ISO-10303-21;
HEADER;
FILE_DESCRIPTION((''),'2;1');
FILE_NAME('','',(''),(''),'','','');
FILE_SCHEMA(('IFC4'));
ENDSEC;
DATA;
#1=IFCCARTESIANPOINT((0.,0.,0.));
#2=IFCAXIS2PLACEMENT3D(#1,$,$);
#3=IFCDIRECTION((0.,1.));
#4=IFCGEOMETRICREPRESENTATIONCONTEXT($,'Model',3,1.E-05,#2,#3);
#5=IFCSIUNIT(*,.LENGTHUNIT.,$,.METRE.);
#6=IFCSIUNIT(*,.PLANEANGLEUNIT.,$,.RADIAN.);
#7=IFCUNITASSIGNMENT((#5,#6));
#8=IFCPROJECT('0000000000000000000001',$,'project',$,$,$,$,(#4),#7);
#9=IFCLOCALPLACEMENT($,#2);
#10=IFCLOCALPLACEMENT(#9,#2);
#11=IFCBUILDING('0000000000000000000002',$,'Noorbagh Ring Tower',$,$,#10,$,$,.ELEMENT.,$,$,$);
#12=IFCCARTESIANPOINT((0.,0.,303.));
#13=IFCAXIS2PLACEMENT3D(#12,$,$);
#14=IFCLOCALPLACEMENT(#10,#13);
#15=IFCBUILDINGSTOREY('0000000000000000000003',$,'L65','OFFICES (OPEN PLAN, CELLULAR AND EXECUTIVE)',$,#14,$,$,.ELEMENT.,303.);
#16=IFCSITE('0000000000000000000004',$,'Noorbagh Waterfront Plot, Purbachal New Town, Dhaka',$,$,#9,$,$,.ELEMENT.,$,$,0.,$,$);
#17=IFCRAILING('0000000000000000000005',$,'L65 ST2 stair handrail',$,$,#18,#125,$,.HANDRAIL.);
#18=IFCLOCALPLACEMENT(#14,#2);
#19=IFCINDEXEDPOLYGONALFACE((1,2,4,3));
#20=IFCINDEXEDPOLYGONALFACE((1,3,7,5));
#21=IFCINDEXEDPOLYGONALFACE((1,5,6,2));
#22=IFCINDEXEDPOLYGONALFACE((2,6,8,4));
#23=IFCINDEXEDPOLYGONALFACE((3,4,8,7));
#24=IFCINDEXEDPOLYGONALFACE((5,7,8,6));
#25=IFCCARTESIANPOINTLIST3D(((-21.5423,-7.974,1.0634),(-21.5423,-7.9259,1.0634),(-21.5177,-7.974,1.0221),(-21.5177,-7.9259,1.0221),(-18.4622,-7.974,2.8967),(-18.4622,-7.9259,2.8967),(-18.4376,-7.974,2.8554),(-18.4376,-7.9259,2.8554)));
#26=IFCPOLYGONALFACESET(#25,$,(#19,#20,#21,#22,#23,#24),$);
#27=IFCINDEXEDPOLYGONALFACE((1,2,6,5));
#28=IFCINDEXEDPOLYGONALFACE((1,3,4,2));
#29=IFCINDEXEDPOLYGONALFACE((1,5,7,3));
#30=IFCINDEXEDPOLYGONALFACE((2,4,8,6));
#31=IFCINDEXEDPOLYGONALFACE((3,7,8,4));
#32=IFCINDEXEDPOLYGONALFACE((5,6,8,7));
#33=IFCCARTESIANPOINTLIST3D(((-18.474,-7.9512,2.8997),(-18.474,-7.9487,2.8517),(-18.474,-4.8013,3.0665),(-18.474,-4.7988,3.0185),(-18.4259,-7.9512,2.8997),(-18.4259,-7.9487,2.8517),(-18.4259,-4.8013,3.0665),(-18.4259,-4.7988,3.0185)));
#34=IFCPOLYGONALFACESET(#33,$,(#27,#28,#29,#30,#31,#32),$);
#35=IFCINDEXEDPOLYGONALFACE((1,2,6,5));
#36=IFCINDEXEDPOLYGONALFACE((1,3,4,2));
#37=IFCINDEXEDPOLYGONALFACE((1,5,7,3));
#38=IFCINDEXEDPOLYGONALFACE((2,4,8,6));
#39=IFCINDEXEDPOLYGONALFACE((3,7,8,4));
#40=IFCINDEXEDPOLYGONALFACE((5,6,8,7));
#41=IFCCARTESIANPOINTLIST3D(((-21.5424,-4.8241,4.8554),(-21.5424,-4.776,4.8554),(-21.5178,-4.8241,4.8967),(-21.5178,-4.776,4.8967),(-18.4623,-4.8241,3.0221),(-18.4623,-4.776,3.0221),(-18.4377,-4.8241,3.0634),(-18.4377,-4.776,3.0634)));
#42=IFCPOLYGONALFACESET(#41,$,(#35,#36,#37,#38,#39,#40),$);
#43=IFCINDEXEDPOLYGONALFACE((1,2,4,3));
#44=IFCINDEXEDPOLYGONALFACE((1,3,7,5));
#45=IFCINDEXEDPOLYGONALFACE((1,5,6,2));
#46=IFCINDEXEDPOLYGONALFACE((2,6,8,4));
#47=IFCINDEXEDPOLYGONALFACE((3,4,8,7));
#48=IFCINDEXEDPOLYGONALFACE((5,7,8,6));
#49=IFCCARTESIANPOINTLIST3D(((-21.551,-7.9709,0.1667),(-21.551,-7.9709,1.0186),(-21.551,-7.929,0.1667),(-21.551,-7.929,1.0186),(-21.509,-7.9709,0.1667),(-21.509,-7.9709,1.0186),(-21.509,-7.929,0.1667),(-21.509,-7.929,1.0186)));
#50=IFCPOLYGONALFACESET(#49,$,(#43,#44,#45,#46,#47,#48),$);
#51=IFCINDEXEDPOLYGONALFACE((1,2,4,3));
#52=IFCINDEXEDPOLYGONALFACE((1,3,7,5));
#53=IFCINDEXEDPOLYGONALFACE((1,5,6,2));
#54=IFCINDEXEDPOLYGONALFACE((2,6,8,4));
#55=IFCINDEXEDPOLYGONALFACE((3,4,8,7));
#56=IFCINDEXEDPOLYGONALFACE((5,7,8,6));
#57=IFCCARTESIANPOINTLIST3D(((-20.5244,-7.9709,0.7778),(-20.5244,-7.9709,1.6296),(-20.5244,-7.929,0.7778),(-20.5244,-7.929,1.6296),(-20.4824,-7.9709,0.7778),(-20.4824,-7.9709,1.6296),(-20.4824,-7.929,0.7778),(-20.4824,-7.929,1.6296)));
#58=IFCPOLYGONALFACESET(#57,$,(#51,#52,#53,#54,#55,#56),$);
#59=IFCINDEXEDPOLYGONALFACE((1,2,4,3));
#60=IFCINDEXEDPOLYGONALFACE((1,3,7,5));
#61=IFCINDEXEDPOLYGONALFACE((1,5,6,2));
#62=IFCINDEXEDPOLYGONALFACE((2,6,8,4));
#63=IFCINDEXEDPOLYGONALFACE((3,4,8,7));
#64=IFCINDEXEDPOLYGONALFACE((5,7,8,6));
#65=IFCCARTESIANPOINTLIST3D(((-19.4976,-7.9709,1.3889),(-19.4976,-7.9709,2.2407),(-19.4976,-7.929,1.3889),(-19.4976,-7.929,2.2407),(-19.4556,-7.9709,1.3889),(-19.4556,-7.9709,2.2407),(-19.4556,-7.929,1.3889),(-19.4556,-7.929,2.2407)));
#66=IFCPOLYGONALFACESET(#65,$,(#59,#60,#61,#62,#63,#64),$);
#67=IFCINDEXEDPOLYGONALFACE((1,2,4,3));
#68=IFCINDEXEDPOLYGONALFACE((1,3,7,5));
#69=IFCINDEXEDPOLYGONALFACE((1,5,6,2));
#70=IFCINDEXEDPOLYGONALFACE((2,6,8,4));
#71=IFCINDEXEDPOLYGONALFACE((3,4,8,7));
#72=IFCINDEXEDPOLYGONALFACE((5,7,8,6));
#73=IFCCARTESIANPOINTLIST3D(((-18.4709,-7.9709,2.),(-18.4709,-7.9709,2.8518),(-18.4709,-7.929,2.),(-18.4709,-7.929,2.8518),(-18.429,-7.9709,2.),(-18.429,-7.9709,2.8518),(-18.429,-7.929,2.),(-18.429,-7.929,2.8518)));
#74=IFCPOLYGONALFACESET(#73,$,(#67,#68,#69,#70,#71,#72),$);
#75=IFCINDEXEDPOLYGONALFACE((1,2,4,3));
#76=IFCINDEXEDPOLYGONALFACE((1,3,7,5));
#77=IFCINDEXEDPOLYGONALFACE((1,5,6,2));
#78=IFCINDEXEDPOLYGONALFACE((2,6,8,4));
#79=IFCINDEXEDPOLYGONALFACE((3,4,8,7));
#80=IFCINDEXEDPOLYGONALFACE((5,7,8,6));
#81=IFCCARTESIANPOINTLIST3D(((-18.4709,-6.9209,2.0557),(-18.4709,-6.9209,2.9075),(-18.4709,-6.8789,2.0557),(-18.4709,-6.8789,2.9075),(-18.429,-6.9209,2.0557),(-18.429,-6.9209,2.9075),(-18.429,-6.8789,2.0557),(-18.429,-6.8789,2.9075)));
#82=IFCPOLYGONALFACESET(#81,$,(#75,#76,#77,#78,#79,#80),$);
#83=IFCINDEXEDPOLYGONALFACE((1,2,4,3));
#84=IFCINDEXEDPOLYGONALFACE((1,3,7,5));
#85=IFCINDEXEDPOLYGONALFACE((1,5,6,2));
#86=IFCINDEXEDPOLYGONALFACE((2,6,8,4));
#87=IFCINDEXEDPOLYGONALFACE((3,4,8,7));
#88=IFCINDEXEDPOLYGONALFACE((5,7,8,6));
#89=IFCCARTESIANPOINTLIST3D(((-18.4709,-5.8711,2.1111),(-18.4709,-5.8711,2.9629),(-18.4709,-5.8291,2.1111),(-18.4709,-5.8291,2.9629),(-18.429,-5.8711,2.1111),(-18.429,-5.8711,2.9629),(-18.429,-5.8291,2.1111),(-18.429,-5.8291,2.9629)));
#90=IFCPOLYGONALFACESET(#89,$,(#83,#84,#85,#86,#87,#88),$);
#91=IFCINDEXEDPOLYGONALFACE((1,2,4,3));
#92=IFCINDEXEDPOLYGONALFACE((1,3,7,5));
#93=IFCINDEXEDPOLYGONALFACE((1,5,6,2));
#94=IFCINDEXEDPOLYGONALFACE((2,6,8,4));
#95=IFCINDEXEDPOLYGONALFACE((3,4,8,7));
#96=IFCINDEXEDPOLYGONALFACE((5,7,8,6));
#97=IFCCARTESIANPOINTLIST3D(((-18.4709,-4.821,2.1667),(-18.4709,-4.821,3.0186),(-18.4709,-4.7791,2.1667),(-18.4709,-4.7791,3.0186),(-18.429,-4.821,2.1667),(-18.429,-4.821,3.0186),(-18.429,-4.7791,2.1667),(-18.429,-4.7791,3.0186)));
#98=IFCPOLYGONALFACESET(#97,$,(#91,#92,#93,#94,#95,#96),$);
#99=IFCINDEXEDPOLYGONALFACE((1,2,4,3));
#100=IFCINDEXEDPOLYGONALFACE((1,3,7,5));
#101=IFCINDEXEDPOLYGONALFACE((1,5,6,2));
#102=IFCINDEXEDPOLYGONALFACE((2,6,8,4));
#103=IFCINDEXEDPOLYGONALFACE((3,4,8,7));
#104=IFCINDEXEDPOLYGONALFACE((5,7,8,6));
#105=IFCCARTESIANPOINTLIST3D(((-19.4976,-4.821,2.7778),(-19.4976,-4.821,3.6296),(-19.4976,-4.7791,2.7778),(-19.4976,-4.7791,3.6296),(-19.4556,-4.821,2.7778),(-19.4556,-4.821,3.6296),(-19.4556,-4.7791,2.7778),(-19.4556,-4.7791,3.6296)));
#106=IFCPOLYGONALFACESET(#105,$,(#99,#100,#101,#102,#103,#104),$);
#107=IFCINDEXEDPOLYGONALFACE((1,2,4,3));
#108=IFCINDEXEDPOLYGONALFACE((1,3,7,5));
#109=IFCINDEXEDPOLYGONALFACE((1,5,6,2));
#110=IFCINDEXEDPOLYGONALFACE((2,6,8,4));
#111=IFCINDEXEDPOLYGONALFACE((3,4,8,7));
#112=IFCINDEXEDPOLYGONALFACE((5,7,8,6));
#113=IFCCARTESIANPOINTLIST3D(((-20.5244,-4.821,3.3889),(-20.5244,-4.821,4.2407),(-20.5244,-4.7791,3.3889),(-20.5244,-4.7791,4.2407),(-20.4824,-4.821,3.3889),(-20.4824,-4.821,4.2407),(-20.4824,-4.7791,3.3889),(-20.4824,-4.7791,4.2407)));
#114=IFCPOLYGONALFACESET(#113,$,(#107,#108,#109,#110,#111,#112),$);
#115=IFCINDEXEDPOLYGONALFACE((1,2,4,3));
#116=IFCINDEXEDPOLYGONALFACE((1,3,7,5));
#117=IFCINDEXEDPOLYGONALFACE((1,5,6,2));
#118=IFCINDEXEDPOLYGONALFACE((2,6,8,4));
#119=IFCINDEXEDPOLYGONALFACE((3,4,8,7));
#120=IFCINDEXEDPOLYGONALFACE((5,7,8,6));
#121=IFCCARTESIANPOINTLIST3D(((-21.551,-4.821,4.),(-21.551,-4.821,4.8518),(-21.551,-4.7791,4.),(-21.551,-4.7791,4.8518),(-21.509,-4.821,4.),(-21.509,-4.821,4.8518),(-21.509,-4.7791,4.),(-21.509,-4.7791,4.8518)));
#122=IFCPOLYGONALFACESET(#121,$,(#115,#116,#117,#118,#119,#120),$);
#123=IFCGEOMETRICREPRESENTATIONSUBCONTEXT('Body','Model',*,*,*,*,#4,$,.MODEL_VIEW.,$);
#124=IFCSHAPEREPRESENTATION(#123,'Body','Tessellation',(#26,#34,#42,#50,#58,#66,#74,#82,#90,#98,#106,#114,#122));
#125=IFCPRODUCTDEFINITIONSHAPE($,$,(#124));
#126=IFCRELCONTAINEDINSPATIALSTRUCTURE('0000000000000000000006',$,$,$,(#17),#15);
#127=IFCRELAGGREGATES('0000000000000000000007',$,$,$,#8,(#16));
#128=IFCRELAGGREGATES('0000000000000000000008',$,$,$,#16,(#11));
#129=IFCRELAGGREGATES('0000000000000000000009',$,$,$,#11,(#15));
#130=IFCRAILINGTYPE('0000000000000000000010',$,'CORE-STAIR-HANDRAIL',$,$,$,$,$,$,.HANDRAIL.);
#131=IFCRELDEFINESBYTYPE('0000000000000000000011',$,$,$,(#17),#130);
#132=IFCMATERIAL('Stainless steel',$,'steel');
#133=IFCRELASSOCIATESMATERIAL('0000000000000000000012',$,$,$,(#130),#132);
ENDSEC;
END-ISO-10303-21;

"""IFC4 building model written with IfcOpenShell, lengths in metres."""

from ifc_helpers import new_model, si_unit, direction, frame, origin, origin_2d, place, context, subcontext, project, spatial, rectangle, extrude, material, type_object, element, save


model = new_model("IFC4")

# Units and contexts
model_context = context("Model", 3, precision=1e-05, world=origin(), true_north=direction((0.0, 1.0)))
body_context = subcontext(model_context, "Body", "Model", "MODEL_VIEW")
ifc_project = project(units=[si_unit("LENGTHUNIT", "METRE"), si_unit("PLANEANGLEUNIT", "RADIAN")], contexts=[model_context])

# Site, building, storey
site_placement = place(None, origin())
site = spatial("IfcSite", under=ifc_project, at=site_placement, Name="Noorbagh Waterfront Plot, Purbachal New Town, Dhaka", CompositionType="ELEMENT", RefElevation=0.0)
building_placement = place(site_placement, origin())
building = spatial("IfcBuilding", under=site, at=building_placement, Name="Noorbagh Ring Tower", CompositionType="ELEMENT")
storey_placement = place(building_placement, frame((0.0, 0.0, 303.0)))
storey = spatial("IfcBuildingStorey", under=building, at=storey_placement, Name="L65", Description="OFFICES (OPEN PLAN, CELLULAR AND EXECUTIVE)", CompositionType="ELEMENT", Elevation=303.0)

# Railing
ifc_material_1 = material(Name="Stainless steel", Category="steel")
railing_type_1 = type_object("IfcRailingType", Name="CORE-STAIR-HANDRAIL", PredefinedType="HANDRAIL", material=ifc_material_1)
railing_1_placement = place(storey_placement, frame((-21.53, -7.95, 0.1667)))
element("IfcRailing", 1, at=railing_1_placement, inside=storey, type_object=railing_type_1, Name="L65 ST2 stair handrail", PredefinedType="HANDRAIL", context=body_context, shape_type="SweptSolid", body=[
    extrude(rectangle(XDim=0.0481, YDim=0.0481, at=origin_2d()), frame((0.0, 0.0, 0.876), z_axis=(0.859309, 0.0, 0.511458), x_axis=(0.0, 1.0, 0.0)), (0.0, 0.0, 1.0), 3.5845),
    extrude(rectangle(XDim=0.0481, YDim=0.0481, at=origin_2d()), frame((3.0801, 0.0, 2.709), z_axis=(0.0, 0.998602, 0.052864), x_axis=(-1.0, 0.0, 0.0)), (0.0, 0.0, 1.0), 3.1543),
    extrude(rectangle(XDim=0.0481, YDim=0.0481, at=origin_2d()), frame((3.0801, 3.1499, 2.876), z_axis=(-0.859309, 0.0, 0.511458), x_axis=(0.0, -1.0, 0.0)), (0.0, 0.0, 1.0), 3.5845),
    extrude(rectangle(XDim=0.042, YDim=0.042, at=origin_2d()), origin(), (0.0, 0.0, 1.0), 0.8518),
    extrude(rectangle(XDim=0.042, YDim=0.042, at=origin_2d()), frame((1.0266, 0.0, 0.6111)), (0.0, 0.0, 1.0), 0.8518),
    extrude(rectangle(XDim=0.042, YDim=0.042, at=origin_2d()), frame((2.0535, 0.0, 1.2222)), (0.0, 0.0, 1.0), 0.8518),
    extrude(rectangle(XDim=0.042, YDim=0.042, at=origin_2d()), frame((3.0801, 0.0, 1.8333)), (0.0, 0.0, 1.0), 0.8518),
    extrude(rectangle(XDim=0.042, YDim=0.042, at=origin_2d()), frame((3.0801, 1.05, 1.8889)), (0.0, 0.0, 1.0), 0.8518),
    extrude(rectangle(XDim=0.042, YDim=0.042, at=origin_2d()), frame((3.0801, 2.0999, 1.9443)), (0.0, 0.0, 1.0), 0.8518),
    extrude(rectangle(XDim=0.042, YDim=0.042, at=origin_2d()), frame((3.0801, 3.1499, 2.0)), (0.0, 0.0, 1.0), 0.8518),
    extrude(rectangle(XDim=0.042, YDim=0.042, at=origin_2d()), frame((2.0535, 3.1499, 2.6111)), (0.0, 0.0, 1.0), 0.8518),
    extrude(rectangle(XDim=0.042, YDim=0.042, at=origin_2d()), frame((1.0266, 3.1499, 3.2222)), (0.0, 0.0, 1.0), 0.8518),
    extrude(rectangle(XDim=0.042, YDim=0.042, at=origin_2d()), frame((0.0, 3.1499, 3.8333)), (0.0, 0.0, 1.0), 0.8518),
])

save(model, "model.ifc")
